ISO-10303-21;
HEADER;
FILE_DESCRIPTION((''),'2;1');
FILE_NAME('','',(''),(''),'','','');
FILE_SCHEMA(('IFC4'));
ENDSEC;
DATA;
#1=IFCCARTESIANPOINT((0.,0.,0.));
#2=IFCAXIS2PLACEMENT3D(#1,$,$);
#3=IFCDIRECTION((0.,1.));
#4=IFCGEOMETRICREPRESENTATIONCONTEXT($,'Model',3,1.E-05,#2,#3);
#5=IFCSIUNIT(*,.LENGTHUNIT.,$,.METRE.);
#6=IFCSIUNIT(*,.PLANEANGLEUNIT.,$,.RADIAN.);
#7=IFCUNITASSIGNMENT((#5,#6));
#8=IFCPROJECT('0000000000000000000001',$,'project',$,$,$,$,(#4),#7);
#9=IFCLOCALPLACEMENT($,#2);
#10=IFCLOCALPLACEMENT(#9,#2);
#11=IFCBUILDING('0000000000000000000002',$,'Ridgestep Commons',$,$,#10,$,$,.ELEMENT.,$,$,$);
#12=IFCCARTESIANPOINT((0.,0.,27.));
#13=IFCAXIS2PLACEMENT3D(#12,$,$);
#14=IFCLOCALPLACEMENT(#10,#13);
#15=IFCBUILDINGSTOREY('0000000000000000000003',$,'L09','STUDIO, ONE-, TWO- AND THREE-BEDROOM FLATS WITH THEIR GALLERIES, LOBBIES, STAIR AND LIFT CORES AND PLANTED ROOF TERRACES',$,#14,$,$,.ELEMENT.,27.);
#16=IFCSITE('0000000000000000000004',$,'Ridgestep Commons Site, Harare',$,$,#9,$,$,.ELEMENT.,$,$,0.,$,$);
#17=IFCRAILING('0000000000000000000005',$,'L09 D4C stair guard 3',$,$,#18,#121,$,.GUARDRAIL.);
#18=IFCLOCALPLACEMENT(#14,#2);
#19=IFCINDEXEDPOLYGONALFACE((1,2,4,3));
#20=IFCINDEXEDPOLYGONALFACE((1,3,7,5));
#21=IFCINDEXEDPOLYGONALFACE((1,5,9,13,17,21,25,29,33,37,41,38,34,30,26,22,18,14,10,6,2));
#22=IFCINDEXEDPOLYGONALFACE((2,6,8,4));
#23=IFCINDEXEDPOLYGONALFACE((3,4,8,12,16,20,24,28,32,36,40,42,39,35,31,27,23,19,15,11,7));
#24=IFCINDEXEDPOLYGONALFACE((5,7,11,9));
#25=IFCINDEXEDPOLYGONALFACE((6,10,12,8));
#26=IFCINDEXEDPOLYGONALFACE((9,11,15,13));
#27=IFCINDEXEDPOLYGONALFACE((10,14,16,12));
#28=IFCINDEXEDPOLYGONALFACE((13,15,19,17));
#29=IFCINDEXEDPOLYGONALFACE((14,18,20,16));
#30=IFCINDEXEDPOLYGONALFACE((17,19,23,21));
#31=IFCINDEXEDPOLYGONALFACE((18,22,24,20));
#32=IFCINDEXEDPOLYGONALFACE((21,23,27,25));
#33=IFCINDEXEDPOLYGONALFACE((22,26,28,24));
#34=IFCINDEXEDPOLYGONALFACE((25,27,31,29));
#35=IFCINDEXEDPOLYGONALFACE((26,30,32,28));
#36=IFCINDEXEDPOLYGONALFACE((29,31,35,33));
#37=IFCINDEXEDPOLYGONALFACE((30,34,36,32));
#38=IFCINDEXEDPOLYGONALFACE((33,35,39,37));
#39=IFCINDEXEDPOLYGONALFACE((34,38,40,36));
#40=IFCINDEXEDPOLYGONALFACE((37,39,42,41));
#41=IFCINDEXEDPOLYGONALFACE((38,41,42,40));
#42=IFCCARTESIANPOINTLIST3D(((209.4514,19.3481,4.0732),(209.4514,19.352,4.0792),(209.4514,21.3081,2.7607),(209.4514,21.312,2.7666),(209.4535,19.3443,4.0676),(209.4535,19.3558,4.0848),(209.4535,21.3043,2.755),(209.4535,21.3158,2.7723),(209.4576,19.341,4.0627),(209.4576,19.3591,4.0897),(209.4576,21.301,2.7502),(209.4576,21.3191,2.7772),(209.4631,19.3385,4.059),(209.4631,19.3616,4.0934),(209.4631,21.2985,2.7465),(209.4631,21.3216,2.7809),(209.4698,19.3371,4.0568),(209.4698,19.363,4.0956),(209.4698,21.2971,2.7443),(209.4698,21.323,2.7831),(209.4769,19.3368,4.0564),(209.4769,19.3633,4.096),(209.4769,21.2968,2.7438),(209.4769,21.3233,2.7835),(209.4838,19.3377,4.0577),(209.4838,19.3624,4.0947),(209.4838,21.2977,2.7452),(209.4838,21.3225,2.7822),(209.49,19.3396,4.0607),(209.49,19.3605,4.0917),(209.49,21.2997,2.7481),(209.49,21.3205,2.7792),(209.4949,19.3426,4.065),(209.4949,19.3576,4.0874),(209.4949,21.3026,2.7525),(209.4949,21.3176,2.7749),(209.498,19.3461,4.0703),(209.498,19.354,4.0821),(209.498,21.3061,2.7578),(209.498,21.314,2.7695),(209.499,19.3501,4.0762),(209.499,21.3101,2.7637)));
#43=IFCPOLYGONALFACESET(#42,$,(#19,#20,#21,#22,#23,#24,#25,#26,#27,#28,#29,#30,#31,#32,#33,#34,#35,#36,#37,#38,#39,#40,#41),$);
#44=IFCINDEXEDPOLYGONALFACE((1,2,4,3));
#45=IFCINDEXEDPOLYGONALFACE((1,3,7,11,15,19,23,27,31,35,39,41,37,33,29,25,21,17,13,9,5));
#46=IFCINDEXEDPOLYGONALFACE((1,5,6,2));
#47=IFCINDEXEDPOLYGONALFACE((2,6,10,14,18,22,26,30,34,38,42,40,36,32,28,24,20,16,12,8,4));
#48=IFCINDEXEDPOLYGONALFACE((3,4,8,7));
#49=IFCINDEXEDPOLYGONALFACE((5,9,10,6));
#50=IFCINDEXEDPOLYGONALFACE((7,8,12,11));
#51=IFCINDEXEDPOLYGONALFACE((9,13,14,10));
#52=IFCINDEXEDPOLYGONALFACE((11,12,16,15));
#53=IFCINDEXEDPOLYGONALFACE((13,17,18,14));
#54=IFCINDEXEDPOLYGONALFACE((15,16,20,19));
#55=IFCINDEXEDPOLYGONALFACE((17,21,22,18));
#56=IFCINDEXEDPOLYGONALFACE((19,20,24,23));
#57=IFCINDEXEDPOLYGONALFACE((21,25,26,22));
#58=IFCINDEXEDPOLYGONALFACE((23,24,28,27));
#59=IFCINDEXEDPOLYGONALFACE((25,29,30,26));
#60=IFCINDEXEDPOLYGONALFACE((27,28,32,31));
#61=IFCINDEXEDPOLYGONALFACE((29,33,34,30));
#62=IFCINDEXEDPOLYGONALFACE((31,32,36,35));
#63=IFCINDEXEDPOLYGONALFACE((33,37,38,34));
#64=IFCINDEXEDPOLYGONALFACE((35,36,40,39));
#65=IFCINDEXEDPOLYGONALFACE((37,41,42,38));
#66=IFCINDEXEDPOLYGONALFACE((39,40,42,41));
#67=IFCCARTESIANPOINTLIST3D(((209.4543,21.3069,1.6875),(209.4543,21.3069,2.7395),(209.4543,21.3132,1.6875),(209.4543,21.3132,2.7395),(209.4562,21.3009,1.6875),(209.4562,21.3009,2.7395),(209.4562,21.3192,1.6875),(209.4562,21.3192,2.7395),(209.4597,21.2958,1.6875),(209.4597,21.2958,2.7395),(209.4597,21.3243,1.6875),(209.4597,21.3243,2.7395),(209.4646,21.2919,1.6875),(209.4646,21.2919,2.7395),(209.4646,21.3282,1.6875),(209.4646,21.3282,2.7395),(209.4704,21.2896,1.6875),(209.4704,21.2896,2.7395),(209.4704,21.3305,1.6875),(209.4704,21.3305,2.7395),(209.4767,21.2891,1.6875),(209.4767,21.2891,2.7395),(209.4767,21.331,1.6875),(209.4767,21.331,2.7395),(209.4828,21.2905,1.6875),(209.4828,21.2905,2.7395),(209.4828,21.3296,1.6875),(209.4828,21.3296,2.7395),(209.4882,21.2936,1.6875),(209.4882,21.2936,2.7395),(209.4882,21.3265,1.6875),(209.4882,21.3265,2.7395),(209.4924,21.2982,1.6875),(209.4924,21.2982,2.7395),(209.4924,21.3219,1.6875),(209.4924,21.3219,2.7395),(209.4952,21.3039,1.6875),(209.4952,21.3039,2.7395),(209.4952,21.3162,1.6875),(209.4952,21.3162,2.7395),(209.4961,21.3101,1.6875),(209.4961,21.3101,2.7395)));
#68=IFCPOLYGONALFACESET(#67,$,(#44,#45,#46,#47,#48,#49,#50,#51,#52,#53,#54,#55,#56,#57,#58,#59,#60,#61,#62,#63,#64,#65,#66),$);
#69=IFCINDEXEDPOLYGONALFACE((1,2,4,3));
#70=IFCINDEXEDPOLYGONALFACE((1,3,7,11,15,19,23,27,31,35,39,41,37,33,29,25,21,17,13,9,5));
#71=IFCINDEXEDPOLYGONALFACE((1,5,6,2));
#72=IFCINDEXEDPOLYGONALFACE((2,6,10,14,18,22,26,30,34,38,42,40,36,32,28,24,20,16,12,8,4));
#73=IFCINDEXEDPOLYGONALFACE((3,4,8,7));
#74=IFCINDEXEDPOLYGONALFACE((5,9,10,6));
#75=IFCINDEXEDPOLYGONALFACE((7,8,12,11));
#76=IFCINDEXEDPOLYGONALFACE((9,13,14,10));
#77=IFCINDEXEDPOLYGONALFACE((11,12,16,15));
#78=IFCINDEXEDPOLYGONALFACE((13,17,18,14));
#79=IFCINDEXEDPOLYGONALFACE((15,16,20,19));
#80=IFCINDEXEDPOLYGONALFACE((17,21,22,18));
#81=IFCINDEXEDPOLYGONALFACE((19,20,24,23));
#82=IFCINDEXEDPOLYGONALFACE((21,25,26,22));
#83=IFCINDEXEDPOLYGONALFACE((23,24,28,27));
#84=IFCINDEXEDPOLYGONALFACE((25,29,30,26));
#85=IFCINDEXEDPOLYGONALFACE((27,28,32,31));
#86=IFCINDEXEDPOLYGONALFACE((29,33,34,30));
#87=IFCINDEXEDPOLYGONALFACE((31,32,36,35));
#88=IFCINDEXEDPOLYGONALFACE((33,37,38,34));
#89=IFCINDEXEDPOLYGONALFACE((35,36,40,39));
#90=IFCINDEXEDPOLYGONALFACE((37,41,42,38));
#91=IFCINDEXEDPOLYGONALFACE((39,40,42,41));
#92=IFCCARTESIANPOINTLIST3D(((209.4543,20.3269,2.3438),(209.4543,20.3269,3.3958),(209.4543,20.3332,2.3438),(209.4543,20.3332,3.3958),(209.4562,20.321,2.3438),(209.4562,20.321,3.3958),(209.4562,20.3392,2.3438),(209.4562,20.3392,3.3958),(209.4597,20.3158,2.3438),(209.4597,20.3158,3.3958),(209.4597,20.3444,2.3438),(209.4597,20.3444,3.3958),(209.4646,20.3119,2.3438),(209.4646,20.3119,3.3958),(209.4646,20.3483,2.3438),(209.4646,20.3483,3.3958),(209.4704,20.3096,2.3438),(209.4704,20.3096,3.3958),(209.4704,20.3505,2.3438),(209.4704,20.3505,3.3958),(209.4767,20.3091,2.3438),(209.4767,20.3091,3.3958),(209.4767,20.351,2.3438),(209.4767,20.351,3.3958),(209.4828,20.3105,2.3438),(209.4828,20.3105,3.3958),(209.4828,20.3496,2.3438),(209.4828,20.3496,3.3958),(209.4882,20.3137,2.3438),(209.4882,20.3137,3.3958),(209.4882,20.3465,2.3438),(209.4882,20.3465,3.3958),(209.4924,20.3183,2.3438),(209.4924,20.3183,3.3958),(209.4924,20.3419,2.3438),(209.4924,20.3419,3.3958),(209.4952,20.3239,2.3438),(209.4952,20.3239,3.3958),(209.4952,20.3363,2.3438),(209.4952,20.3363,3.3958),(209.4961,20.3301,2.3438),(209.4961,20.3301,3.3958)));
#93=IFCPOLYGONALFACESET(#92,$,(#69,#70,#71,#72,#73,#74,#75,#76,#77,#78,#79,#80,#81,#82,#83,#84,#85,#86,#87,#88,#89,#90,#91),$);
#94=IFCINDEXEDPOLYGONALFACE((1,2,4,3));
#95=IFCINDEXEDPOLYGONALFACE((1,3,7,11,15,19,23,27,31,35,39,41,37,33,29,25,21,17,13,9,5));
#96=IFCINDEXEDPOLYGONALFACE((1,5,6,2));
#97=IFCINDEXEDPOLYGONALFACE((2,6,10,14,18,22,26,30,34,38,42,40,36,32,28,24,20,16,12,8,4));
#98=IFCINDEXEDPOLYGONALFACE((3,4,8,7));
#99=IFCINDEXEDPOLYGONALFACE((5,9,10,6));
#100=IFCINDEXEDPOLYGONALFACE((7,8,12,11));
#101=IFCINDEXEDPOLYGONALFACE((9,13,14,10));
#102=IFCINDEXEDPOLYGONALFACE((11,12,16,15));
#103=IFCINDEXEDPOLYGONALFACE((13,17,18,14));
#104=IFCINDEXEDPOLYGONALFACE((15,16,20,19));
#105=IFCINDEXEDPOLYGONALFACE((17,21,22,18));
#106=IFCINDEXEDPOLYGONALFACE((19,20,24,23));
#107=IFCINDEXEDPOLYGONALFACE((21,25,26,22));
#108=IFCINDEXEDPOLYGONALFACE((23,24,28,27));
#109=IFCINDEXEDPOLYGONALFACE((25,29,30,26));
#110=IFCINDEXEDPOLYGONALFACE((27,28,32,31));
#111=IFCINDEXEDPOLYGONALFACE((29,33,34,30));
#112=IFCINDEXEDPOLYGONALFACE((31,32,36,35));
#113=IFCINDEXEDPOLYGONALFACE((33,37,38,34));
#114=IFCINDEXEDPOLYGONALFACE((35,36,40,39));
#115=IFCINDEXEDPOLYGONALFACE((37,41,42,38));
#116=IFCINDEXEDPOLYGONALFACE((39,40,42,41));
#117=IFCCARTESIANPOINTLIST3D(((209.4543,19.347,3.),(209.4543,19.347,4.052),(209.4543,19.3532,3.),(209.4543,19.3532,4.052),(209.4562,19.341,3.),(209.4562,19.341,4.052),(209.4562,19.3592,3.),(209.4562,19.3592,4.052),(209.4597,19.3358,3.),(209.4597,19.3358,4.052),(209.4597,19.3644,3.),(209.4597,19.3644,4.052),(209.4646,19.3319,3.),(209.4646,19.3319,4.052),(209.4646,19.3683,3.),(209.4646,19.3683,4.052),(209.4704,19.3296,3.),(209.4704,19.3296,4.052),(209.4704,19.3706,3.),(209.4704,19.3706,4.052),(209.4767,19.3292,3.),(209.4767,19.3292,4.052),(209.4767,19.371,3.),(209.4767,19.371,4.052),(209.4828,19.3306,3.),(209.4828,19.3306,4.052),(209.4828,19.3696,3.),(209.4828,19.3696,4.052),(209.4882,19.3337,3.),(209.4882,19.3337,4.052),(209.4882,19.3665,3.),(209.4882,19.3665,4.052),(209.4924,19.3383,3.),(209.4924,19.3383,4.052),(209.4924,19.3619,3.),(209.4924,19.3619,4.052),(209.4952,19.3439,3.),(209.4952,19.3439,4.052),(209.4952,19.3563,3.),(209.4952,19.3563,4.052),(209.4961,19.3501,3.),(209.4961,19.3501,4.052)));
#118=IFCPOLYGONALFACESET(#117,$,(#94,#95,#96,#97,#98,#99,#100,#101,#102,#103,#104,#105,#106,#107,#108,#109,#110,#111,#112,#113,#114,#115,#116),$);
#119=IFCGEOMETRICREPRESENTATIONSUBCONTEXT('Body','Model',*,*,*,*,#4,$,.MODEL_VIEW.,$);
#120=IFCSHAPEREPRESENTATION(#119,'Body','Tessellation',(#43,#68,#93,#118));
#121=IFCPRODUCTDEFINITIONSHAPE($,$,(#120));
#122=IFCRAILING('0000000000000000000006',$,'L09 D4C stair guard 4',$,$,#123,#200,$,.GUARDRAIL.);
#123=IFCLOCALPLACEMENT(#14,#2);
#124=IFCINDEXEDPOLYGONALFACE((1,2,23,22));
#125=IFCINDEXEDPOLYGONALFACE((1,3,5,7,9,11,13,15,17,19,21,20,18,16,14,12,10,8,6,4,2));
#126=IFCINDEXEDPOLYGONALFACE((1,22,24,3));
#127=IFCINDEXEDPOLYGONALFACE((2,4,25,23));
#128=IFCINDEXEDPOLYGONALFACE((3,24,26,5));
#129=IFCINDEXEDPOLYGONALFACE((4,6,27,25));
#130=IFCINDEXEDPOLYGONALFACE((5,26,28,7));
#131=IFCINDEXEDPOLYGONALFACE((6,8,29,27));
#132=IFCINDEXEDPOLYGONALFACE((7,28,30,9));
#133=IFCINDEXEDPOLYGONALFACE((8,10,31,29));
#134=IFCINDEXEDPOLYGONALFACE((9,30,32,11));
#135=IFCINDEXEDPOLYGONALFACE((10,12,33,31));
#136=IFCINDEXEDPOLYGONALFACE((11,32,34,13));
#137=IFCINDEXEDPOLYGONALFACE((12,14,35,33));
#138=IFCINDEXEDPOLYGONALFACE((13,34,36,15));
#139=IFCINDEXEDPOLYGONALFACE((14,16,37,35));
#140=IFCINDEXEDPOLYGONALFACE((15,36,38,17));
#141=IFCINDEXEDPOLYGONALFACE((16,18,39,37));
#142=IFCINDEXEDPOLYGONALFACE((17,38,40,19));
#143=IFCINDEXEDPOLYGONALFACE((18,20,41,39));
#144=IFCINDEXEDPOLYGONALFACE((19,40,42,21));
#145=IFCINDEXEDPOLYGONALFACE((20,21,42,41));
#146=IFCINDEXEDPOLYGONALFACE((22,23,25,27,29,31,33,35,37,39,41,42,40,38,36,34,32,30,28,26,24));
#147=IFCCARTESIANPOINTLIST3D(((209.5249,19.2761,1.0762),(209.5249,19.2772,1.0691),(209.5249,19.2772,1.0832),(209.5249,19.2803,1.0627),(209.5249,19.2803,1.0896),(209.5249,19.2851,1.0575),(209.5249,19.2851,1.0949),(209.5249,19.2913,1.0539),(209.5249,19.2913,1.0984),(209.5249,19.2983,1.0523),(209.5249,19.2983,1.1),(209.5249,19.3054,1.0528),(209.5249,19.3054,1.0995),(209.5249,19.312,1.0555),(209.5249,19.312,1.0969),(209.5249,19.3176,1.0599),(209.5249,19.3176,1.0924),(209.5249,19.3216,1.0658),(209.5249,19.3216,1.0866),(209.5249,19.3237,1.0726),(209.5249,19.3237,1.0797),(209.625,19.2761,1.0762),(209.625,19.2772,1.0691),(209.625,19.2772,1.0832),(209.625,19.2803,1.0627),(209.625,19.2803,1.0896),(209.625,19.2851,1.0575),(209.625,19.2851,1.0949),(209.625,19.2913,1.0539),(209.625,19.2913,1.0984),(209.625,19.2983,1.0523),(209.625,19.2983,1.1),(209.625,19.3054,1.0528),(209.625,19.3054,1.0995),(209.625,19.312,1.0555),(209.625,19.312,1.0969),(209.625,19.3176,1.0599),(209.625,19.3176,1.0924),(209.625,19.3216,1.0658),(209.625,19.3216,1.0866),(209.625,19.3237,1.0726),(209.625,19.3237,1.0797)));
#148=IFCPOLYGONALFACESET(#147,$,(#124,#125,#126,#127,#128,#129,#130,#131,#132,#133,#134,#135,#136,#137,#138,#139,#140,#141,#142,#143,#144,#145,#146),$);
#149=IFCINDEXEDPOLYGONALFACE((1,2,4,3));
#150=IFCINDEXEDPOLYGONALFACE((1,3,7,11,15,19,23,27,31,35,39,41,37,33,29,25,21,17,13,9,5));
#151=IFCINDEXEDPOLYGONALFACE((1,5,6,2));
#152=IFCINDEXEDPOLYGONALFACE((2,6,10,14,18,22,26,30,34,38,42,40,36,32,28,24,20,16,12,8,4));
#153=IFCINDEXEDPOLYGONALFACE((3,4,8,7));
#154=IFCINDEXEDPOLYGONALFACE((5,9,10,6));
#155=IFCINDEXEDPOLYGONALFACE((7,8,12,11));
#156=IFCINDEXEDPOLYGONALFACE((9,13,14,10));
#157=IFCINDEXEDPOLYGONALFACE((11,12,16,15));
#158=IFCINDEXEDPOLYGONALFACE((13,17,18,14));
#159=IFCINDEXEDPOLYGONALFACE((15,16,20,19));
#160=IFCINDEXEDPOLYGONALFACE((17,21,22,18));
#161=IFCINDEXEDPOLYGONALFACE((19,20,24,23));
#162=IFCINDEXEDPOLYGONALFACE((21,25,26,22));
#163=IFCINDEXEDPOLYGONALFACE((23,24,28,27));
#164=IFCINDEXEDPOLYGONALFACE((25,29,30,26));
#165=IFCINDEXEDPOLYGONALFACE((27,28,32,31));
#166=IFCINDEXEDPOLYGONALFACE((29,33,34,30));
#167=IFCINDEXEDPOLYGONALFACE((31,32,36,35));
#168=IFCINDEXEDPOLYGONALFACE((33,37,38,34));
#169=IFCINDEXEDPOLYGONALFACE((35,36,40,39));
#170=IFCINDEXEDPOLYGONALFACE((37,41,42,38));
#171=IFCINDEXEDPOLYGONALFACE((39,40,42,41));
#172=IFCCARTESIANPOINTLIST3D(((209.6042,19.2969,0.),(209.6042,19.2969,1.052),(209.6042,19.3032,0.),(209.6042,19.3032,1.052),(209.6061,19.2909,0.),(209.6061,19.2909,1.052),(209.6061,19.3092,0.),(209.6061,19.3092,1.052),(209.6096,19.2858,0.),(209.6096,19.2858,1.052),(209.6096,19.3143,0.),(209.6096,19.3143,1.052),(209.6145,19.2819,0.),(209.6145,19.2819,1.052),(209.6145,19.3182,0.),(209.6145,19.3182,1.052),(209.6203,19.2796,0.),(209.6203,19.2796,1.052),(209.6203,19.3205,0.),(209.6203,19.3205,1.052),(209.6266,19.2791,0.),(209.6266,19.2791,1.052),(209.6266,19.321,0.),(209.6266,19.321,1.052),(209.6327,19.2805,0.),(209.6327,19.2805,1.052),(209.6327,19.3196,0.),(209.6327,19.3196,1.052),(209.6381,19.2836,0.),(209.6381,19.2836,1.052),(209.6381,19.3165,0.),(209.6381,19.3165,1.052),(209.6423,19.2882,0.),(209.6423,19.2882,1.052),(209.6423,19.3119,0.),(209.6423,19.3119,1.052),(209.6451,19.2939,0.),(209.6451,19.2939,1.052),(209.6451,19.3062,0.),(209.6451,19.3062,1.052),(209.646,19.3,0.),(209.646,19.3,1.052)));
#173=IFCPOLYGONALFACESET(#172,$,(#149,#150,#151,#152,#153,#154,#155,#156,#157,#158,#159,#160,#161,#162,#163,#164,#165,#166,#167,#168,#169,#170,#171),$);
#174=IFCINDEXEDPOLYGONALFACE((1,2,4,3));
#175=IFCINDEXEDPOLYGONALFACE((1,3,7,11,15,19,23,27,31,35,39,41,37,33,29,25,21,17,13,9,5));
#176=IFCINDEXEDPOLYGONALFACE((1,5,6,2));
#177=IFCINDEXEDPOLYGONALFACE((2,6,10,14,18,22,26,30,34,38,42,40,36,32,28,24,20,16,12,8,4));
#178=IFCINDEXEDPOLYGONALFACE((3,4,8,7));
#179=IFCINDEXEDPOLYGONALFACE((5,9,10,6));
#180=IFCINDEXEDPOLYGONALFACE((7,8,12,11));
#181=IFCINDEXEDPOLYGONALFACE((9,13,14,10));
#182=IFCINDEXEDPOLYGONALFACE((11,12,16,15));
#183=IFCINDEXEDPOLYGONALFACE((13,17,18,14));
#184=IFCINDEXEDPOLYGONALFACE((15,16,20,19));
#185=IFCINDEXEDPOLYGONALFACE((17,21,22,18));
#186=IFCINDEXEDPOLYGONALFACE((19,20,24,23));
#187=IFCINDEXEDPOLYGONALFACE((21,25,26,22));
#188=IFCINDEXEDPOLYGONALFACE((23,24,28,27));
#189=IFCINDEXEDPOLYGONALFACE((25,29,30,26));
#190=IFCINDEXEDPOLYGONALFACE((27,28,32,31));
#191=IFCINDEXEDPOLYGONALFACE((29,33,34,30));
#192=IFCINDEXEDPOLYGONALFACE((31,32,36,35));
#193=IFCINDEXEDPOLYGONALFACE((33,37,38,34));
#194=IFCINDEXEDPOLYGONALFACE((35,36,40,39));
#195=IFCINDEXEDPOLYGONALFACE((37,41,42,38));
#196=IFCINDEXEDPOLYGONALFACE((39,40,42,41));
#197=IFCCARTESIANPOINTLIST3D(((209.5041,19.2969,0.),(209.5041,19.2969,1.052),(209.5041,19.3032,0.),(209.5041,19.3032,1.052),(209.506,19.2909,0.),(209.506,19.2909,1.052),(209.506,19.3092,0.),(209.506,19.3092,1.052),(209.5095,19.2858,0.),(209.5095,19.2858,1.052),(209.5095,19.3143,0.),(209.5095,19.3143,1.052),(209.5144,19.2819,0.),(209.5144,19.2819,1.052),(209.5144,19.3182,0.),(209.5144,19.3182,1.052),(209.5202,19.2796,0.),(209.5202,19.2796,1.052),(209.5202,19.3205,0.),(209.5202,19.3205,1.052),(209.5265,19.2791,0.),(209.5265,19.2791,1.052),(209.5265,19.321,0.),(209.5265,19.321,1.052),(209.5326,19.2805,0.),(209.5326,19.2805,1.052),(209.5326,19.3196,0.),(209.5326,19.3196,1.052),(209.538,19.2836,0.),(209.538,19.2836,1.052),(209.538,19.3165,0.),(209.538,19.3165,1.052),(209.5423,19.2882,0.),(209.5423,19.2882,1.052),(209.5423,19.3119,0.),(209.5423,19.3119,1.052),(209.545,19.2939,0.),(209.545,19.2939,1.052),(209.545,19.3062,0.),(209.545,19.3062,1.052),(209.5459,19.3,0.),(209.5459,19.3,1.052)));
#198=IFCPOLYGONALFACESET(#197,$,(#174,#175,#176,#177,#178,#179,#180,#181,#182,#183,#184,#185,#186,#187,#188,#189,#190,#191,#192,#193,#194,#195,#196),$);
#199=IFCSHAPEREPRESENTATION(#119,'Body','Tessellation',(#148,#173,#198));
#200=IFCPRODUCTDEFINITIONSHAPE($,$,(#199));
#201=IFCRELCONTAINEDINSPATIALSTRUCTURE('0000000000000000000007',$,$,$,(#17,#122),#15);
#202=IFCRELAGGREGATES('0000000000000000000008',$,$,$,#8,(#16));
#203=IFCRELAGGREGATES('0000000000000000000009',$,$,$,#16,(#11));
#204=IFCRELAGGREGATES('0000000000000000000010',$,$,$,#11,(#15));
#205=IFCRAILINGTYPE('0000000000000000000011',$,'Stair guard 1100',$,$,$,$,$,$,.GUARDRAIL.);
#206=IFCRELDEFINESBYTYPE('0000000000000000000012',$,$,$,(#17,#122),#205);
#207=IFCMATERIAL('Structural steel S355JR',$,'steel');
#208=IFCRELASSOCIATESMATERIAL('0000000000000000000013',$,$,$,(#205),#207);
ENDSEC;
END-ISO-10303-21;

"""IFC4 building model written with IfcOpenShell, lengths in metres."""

from ifc_helpers import new_model, si_unit, direction, frame, origin, origin_2d, place, context, subcontext, project, spatial, circle, extrude, material, type_object, element, save


model = new_model("IFC4")

# Units and contexts
model_context = context("Model", 3, precision=1e-05, world=origin(), true_north=direction((0.0, 1.0)))
body_context = subcontext(model_context, "Body", "Model", "MODEL_VIEW")
ifc_project = project(units=[si_unit("LENGTHUNIT", "METRE"), si_unit("PLANEANGLEUNIT", "RADIAN")], contexts=[model_context])

# Site, building, storey
site_placement = place(None, origin())
site = spatial("IfcSite", under=ifc_project, at=site_placement, Name="Ridgestep Commons Site, Harare", CompositionType="ELEMENT", RefElevation=0.0)
building_placement = place(site_placement, origin())
building = spatial("IfcBuilding", under=site, at=building_placement, Name="Ridgestep Commons", CompositionType="ELEMENT")
storey_placement = place(building_placement, frame((0.0, 0.0, 27.0)))
storey = spatial("IfcBuildingStorey", under=building, at=storey_placement, Name="L09", Description="STUDIO, ONE-, TWO- AND THREE-BEDROOM FLATS WITH THEIR GALLERIES, LOBBIES, STAIR AND LIFT CORES AND PLANTED ROOF TERRACES", CompositionType="ELEMENT", Elevation=27.0)

# Railings
ifc_material_1 = material(Name="Structural steel S355JR", Category="steel")
railing_type_1 = type_object("IfcRailingType", Name="Stair guard 1100", PredefinedType="GUARDRAIL", material=ifc_material_1)
railing_1_placement = place(storey_placement, frame((209.4751, 21.3101, 1.6875)))
element("IfcRailing", 1, at=railing_1_placement, inside=storey, type_object=railing_type_1, Name="L09 D4C stair guard 3", PredefinedType="GUARDRAIL", context=body_context, shape_type="SweptSolid", body=[
    extrude(circle(Radius=0.0239, at=origin_2d()), frame((0.0, 0.0, 1.0762), z_axis=(0.0, -0.830902, 0.556419), x_axis=(1.0, 0.0, 0.0)), (0.0, 0.0, 1.0), 2.3589),
    extrude(circle(Radius=0.021, at=origin_2d()), origin(), (0.0, 0.0, 1.0), 1.052),
    extrude(circle(Radius=0.021, at=origin_2d()), frame((0.0, -0.98, 0.6562)), (0.0, 0.0, 1.0), 1.052),
    extrude(circle(Radius=0.021, at=origin_2d()), frame((0.0, -1.96, 1.3125)), (0.0, 0.0, 1.0), 1.052),
])
railing_2_placement = place(storey_placement, frame((209.625, 19.3, 0.0)))
element("IfcRailing", 2, at=railing_2_placement, inside=storey, type_object=railing_type_1, Name="L09 D4C stair guard 4", PredefinedType="GUARDRAIL", context=body_context, shape_type="SweptSolid", body=[
    extrude(circle(Radius=0.0239, at=origin_2d()), frame((0.0, 0.0, 1.0762), z_axis=(-1.0, 0.0, 0.0), x_axis=(0.0, -1.0, 0.0)), (0.0, 0.0, 1.0), 0.1001),
    extrude(circle(Radius=0.021, at=origin_2d()), origin(), (0.0, 0.0, 1.0), 1.052),
    extrude(circle(Radius=0.021, at=origin_2d()), frame((-0.1001, 0.0, 0.0)), (0.0, 0.0, 1.0), 1.052),
])

save(model, "model.ifc")
